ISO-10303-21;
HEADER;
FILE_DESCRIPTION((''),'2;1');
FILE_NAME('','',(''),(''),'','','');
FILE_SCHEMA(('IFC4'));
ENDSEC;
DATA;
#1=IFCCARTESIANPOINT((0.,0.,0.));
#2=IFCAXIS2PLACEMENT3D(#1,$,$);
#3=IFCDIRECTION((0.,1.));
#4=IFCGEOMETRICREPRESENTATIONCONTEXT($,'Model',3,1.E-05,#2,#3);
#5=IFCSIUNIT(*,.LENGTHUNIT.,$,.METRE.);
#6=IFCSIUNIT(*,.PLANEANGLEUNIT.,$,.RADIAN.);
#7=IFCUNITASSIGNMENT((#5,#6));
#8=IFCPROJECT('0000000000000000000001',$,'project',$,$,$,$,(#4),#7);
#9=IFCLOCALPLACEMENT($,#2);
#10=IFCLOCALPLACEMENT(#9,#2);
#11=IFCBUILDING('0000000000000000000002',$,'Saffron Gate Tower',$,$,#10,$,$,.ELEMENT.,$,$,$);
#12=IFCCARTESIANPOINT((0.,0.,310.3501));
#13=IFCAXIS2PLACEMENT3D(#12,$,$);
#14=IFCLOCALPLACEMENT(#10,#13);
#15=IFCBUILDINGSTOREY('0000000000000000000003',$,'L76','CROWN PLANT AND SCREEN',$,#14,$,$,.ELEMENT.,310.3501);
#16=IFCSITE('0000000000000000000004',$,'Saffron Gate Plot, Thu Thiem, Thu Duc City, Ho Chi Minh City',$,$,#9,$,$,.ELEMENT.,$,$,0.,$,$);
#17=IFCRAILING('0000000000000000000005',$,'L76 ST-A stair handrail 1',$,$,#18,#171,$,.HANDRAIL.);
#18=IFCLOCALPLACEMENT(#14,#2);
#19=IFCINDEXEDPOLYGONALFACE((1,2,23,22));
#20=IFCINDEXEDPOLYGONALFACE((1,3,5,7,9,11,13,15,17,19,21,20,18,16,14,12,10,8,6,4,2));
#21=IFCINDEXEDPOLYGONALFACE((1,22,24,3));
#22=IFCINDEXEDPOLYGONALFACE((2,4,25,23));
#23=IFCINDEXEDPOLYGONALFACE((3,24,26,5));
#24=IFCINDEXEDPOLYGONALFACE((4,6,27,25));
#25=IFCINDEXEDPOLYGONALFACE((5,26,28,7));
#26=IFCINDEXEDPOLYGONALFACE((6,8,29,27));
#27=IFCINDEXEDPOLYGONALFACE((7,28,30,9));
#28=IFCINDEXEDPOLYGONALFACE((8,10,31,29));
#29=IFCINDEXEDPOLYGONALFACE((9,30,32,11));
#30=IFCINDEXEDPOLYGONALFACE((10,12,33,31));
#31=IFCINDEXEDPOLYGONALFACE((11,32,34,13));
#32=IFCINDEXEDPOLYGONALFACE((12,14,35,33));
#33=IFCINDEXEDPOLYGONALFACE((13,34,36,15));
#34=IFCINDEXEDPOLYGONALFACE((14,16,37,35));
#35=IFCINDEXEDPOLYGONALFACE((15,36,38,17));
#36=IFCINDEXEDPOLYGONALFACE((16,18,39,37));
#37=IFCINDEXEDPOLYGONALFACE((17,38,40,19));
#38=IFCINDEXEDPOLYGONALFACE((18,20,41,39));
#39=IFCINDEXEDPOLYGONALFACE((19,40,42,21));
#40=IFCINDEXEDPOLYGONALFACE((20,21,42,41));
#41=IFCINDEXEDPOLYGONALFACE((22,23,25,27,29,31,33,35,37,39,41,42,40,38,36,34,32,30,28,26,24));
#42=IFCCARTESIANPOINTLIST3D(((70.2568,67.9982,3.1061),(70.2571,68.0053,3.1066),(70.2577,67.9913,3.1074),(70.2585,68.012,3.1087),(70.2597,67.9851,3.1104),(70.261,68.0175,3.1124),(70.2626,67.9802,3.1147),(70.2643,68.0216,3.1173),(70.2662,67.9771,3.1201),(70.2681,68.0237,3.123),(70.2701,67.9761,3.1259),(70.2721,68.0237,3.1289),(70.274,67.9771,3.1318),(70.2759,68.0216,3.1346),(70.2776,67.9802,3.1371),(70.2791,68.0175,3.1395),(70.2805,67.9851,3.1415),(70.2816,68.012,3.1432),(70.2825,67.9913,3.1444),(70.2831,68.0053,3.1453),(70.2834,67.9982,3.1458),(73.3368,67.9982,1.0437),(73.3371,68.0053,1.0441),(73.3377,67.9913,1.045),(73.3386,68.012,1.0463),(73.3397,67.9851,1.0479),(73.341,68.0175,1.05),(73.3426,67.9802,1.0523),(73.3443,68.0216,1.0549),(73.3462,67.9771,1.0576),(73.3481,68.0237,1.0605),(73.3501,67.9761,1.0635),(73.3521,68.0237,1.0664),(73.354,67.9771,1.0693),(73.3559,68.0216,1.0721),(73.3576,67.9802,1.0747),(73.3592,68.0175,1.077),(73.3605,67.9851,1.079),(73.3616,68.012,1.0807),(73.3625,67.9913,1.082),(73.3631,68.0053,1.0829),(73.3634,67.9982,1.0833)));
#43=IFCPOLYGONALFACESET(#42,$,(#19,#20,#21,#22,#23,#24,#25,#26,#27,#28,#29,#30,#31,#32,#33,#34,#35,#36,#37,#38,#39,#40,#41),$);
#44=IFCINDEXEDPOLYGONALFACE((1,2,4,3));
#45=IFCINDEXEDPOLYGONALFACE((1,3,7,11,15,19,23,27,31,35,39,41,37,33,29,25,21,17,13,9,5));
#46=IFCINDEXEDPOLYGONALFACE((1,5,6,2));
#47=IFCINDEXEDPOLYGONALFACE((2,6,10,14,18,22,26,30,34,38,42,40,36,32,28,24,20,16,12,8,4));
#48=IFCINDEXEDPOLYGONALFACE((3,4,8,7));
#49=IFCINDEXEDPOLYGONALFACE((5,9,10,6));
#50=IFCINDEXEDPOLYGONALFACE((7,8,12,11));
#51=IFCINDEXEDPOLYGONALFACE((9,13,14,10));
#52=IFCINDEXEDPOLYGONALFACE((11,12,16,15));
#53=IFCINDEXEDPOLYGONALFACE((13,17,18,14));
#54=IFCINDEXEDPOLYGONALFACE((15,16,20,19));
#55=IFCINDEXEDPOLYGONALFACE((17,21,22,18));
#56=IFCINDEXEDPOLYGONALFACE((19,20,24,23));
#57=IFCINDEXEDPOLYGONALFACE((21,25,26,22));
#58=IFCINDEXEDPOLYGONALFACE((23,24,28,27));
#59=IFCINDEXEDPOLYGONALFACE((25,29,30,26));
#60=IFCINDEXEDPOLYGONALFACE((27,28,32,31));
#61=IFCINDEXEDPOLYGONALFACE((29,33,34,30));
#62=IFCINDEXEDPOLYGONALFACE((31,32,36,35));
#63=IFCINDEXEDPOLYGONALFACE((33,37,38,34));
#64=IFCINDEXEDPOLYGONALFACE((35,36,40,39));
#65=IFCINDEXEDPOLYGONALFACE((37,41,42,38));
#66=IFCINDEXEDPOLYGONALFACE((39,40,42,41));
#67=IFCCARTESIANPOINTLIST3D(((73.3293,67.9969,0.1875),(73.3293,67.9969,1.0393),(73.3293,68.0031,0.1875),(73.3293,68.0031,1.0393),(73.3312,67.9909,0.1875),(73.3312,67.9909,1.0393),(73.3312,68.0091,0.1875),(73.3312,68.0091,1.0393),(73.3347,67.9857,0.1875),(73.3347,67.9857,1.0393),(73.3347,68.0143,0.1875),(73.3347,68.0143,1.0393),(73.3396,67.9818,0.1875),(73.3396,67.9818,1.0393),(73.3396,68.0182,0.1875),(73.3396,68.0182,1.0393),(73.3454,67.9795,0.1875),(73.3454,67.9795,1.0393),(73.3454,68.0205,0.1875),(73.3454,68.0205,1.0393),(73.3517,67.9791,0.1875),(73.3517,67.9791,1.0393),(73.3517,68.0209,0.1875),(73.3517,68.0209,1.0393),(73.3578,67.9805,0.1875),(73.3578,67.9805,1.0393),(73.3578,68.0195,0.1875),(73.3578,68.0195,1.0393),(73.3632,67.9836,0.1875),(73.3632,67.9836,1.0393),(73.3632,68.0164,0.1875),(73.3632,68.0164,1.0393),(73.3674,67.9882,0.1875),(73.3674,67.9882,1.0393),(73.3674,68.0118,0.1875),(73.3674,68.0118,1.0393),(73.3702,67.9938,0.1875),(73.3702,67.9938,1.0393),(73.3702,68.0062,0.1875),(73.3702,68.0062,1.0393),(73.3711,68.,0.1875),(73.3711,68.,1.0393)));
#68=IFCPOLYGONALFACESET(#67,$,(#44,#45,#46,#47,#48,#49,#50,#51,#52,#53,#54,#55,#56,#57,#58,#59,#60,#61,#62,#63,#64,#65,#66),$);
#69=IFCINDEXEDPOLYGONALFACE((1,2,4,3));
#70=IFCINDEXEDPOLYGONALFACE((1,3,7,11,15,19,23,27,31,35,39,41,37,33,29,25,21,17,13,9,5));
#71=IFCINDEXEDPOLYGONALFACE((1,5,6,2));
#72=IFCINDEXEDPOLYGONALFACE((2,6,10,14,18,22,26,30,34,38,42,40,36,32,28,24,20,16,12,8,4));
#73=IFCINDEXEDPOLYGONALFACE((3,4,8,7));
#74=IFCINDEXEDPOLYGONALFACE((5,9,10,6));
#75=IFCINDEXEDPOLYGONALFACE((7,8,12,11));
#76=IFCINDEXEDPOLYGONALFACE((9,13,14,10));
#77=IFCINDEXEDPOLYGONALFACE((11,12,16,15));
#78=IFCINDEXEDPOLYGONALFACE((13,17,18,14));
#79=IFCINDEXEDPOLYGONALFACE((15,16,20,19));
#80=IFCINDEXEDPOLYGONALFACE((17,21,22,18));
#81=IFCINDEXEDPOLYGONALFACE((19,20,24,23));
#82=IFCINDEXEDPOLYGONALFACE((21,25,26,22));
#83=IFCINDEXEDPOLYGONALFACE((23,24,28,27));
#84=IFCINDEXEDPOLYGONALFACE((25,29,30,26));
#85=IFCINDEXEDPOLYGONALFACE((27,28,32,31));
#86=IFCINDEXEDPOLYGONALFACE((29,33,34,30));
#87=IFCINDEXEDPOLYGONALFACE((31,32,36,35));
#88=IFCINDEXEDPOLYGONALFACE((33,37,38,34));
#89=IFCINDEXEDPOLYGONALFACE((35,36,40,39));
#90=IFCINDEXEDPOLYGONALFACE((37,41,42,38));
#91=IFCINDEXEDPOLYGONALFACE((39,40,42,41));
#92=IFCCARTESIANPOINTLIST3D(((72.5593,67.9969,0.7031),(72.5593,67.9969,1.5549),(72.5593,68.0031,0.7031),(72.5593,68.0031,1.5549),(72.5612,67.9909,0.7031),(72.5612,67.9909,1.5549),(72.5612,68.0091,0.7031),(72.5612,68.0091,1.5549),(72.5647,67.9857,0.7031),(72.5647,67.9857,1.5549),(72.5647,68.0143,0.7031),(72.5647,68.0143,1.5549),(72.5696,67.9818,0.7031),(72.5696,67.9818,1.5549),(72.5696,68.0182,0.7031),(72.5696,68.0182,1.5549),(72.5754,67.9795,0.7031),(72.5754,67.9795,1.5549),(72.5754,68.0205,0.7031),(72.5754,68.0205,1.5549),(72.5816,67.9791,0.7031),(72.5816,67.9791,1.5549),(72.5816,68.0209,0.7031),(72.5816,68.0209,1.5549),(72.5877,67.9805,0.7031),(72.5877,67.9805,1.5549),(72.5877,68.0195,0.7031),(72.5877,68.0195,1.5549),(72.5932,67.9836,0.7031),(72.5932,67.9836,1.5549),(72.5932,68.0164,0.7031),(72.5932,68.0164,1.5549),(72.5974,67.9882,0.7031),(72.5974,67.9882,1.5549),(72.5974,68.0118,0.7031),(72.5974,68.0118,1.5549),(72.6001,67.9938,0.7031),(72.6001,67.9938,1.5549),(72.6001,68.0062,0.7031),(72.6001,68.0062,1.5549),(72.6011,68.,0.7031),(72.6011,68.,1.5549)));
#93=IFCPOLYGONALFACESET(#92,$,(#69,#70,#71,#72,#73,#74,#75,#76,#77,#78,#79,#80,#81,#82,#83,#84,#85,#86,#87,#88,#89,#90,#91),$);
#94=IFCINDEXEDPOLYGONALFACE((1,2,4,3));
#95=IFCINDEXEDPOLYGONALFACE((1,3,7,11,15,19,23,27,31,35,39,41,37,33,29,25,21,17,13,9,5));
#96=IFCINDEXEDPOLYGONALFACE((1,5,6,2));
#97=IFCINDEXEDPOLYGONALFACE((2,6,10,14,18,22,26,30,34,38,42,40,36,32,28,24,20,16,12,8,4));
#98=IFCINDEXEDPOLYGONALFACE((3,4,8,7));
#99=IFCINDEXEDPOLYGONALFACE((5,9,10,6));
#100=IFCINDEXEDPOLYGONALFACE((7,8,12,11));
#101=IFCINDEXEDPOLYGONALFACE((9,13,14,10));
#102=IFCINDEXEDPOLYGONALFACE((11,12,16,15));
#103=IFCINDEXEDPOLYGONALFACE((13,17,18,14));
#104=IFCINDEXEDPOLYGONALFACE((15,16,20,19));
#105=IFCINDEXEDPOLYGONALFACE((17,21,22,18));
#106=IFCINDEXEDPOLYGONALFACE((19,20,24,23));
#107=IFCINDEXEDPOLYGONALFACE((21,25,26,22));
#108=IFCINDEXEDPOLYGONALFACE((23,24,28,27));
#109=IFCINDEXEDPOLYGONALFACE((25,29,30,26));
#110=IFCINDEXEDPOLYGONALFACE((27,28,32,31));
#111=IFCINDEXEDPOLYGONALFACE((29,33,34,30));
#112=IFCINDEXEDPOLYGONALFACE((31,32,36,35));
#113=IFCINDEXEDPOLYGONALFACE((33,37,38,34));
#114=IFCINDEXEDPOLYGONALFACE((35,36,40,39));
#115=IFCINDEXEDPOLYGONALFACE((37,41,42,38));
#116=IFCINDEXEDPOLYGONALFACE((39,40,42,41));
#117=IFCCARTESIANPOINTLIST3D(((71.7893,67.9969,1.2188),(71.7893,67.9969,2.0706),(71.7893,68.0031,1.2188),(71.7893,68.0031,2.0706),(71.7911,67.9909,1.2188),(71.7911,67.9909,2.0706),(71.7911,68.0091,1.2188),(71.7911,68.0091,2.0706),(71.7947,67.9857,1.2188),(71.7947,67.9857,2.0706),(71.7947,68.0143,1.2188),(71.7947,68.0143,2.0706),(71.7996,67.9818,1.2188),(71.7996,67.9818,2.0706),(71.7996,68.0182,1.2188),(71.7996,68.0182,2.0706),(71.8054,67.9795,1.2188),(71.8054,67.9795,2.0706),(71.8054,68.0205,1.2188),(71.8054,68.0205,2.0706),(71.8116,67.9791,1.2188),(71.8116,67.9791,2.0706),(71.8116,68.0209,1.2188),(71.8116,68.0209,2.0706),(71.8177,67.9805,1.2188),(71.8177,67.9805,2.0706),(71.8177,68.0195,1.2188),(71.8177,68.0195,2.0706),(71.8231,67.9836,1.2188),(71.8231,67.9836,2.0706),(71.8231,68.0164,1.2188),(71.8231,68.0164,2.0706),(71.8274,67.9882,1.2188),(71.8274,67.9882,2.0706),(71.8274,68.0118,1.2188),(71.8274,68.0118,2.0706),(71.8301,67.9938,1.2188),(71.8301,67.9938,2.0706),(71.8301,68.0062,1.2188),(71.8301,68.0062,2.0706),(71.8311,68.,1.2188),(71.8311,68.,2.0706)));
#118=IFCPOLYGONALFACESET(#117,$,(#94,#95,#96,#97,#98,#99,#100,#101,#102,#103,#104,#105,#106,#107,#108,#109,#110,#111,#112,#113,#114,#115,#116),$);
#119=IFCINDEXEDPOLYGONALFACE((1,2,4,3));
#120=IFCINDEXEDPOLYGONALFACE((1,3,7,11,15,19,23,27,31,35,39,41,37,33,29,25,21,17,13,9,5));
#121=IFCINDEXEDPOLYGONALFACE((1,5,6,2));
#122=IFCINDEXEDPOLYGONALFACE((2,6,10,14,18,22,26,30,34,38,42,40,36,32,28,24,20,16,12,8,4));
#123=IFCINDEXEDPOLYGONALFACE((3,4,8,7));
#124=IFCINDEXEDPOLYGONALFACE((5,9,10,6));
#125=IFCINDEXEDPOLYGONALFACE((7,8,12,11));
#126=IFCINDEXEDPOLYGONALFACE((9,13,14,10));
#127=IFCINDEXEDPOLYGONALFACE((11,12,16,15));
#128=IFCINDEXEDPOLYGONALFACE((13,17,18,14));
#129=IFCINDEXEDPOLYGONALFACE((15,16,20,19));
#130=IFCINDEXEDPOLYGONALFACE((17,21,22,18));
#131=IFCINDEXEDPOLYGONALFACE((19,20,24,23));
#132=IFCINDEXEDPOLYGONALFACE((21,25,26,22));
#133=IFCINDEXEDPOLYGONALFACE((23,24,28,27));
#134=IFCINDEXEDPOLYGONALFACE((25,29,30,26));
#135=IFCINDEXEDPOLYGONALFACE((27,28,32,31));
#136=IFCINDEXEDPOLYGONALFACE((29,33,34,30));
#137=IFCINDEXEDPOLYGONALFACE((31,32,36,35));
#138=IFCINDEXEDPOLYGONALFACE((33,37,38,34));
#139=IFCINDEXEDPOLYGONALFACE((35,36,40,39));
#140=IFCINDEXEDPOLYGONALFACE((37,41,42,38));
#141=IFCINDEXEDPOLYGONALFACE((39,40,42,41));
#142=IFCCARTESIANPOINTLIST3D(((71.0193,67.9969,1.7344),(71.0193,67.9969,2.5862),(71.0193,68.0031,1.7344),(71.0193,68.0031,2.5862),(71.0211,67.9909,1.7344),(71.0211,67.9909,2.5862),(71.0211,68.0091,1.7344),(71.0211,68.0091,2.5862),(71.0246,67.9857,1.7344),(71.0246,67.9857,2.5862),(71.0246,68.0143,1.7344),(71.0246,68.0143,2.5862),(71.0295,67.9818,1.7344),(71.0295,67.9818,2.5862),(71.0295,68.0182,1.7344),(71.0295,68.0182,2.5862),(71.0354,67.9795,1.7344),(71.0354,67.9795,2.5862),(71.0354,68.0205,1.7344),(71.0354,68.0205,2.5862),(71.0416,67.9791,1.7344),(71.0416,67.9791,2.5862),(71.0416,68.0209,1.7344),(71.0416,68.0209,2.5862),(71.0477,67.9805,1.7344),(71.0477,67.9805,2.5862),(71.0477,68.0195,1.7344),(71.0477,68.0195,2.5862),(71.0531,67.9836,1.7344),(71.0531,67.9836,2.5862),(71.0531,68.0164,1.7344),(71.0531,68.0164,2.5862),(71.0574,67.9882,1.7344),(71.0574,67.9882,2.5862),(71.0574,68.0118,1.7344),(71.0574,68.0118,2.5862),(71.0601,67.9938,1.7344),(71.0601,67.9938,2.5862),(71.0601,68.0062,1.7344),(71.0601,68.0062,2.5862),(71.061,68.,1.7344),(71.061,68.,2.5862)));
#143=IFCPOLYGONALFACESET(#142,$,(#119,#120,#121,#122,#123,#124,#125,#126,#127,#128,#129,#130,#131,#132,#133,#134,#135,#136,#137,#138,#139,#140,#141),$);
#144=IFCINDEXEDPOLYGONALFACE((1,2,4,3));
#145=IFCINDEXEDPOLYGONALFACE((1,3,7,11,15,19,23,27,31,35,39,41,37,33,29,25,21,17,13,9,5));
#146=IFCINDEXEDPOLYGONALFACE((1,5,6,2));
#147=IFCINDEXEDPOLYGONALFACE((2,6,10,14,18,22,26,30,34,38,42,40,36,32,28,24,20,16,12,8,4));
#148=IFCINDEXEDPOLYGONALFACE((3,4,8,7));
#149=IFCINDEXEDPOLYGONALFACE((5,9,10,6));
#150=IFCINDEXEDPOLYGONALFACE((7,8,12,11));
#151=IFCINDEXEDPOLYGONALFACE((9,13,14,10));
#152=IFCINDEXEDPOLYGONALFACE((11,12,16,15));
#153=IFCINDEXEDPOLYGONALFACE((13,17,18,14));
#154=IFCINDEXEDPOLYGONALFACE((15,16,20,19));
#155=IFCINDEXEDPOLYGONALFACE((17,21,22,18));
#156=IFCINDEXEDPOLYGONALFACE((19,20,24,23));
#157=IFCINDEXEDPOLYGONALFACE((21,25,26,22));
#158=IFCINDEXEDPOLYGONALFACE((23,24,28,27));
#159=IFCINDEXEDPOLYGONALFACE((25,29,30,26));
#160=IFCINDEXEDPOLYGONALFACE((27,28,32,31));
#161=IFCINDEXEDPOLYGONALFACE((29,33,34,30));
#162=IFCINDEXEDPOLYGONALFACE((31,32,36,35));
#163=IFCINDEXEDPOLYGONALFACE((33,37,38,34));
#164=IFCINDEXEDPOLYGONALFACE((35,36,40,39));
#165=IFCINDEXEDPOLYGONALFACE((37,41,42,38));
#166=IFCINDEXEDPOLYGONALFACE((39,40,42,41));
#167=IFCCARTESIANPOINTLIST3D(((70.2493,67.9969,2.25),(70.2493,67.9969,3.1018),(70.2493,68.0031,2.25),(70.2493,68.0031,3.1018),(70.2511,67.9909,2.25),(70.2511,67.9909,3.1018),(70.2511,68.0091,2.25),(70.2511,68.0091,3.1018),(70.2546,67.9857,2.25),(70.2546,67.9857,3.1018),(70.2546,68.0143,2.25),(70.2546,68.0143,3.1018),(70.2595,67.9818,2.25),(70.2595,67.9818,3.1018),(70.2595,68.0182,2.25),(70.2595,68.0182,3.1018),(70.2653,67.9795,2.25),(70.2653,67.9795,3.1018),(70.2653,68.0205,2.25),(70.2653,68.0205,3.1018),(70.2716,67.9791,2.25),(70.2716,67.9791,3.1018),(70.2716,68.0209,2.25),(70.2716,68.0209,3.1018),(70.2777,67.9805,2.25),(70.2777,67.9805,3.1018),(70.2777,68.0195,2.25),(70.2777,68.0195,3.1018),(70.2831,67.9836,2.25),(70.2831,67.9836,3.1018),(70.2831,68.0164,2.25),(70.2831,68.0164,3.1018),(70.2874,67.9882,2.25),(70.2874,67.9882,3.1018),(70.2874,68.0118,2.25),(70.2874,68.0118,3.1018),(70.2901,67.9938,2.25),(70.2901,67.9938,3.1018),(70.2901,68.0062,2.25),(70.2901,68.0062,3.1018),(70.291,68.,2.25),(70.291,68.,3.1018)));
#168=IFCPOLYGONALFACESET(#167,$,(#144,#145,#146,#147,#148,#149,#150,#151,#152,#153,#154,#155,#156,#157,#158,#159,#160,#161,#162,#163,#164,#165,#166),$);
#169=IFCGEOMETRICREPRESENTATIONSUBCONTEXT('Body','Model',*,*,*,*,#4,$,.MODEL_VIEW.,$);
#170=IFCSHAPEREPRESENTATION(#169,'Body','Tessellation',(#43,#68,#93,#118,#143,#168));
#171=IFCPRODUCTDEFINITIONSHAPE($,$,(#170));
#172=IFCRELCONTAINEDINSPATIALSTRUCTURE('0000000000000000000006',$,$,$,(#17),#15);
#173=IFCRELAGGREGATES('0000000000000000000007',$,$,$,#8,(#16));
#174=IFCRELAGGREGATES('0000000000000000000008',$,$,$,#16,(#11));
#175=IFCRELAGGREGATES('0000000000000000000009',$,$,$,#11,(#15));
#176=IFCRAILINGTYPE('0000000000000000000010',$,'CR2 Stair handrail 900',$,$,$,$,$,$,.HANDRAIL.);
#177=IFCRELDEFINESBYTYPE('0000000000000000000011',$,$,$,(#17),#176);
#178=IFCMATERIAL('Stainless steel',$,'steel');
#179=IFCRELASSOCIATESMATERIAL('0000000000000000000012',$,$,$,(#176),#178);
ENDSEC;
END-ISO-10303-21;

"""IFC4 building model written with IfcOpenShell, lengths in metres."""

from ifc_helpers import new_model, si_unit, direction, frame, origin, origin_2d, place, context, subcontext, project, spatial, circle, extrude, material, type_object, element, save


model = new_model("IFC4")

# Units and contexts
model_context = context("Model", 3, precision=1e-05, world=origin(), true_north=direction((0.0, 1.0)))
body_context = subcontext(model_context, "Body", "Model", "MODEL_VIEW")
ifc_project = project(units=[si_unit("LENGTHUNIT", "METRE"), si_unit("PLANEANGLEUNIT", "RADIAN")], contexts=[model_context])

# Site, building, storey
site_placement = place(None, origin())
site = spatial("IfcSite", under=ifc_project, at=site_placement, Name="Saffron Gate Plot, Thu Thiem, Thu Duc City, Ho Chi Minh City", CompositionType="ELEMENT", RefElevation=0.0)
building_placement = place(site_placement, origin())
building = spatial("IfcBuilding", under=site, at=building_placement, Name="Saffron Gate Tower", CompositionType="ELEMENT")
storey_placement = place(building_placement, frame((0.0, 0.0, 310.3501)))
storey = spatial("IfcBuildingStorey", under=building, at=storey_placement, Name="L76", Description="CROWN PLANT AND SCREEN", CompositionType="ELEMENT", Elevation=310.3501)

# Railing
ifc_material_1 = material(Name="Stainless steel", Category="steel")
railing_type_1 = type_object("IfcRailingType", Name="CR2 Stair handrail 900", PredefinedType="HANDRAIL", material=ifc_material_1)
railing_1_placement = place(storey_placement, frame((73.3501, 68.0, 0.1875)))
element("IfcRailing", 1, at=railing_1_placement, inside=storey, type_object=railing_type_1, Name="L76 ST-A stair handrail 1", PredefinedType="HANDRAIL", context=body_context, shape_type="SweptSolid", body=[
    extrude(circle(Radius=0.0239, at=origin_2d()), frame((0.0, 0.0, 0.876), z_axis=(-0.830914, 0.0, 0.556401), x_axis=(0.0, -1.0, 0.0)), (0.0, 0.0, 1.0), 3.7068),
    extrude(circle(Radius=0.021, at=origin_2d()), origin(), (0.0, 0.0, 1.0), 0.8518),
    extrude(circle(Radius=0.021, at=origin_2d()), frame((-0.77, 0.0, 0.5156)), (0.0, 0.0, 1.0), 0.8518),
    extrude(circle(Radius=0.021, at=origin_2d()), frame((-1.54, 0.0, 1.0312)), (0.0, 0.0, 1.0), 0.8518),
    extrude(circle(Radius=0.021, at=origin_2d()), frame((-2.3101, 0.0, 1.5469)), (0.0, 0.0, 1.0), 0.8518),
    extrude(circle(Radius=0.021, at=origin_2d()), frame((-3.0801, 0.0, 2.0625)), (0.0, 0.0, 1.0), 0.8518),
])

save(model, "model.ifc")
